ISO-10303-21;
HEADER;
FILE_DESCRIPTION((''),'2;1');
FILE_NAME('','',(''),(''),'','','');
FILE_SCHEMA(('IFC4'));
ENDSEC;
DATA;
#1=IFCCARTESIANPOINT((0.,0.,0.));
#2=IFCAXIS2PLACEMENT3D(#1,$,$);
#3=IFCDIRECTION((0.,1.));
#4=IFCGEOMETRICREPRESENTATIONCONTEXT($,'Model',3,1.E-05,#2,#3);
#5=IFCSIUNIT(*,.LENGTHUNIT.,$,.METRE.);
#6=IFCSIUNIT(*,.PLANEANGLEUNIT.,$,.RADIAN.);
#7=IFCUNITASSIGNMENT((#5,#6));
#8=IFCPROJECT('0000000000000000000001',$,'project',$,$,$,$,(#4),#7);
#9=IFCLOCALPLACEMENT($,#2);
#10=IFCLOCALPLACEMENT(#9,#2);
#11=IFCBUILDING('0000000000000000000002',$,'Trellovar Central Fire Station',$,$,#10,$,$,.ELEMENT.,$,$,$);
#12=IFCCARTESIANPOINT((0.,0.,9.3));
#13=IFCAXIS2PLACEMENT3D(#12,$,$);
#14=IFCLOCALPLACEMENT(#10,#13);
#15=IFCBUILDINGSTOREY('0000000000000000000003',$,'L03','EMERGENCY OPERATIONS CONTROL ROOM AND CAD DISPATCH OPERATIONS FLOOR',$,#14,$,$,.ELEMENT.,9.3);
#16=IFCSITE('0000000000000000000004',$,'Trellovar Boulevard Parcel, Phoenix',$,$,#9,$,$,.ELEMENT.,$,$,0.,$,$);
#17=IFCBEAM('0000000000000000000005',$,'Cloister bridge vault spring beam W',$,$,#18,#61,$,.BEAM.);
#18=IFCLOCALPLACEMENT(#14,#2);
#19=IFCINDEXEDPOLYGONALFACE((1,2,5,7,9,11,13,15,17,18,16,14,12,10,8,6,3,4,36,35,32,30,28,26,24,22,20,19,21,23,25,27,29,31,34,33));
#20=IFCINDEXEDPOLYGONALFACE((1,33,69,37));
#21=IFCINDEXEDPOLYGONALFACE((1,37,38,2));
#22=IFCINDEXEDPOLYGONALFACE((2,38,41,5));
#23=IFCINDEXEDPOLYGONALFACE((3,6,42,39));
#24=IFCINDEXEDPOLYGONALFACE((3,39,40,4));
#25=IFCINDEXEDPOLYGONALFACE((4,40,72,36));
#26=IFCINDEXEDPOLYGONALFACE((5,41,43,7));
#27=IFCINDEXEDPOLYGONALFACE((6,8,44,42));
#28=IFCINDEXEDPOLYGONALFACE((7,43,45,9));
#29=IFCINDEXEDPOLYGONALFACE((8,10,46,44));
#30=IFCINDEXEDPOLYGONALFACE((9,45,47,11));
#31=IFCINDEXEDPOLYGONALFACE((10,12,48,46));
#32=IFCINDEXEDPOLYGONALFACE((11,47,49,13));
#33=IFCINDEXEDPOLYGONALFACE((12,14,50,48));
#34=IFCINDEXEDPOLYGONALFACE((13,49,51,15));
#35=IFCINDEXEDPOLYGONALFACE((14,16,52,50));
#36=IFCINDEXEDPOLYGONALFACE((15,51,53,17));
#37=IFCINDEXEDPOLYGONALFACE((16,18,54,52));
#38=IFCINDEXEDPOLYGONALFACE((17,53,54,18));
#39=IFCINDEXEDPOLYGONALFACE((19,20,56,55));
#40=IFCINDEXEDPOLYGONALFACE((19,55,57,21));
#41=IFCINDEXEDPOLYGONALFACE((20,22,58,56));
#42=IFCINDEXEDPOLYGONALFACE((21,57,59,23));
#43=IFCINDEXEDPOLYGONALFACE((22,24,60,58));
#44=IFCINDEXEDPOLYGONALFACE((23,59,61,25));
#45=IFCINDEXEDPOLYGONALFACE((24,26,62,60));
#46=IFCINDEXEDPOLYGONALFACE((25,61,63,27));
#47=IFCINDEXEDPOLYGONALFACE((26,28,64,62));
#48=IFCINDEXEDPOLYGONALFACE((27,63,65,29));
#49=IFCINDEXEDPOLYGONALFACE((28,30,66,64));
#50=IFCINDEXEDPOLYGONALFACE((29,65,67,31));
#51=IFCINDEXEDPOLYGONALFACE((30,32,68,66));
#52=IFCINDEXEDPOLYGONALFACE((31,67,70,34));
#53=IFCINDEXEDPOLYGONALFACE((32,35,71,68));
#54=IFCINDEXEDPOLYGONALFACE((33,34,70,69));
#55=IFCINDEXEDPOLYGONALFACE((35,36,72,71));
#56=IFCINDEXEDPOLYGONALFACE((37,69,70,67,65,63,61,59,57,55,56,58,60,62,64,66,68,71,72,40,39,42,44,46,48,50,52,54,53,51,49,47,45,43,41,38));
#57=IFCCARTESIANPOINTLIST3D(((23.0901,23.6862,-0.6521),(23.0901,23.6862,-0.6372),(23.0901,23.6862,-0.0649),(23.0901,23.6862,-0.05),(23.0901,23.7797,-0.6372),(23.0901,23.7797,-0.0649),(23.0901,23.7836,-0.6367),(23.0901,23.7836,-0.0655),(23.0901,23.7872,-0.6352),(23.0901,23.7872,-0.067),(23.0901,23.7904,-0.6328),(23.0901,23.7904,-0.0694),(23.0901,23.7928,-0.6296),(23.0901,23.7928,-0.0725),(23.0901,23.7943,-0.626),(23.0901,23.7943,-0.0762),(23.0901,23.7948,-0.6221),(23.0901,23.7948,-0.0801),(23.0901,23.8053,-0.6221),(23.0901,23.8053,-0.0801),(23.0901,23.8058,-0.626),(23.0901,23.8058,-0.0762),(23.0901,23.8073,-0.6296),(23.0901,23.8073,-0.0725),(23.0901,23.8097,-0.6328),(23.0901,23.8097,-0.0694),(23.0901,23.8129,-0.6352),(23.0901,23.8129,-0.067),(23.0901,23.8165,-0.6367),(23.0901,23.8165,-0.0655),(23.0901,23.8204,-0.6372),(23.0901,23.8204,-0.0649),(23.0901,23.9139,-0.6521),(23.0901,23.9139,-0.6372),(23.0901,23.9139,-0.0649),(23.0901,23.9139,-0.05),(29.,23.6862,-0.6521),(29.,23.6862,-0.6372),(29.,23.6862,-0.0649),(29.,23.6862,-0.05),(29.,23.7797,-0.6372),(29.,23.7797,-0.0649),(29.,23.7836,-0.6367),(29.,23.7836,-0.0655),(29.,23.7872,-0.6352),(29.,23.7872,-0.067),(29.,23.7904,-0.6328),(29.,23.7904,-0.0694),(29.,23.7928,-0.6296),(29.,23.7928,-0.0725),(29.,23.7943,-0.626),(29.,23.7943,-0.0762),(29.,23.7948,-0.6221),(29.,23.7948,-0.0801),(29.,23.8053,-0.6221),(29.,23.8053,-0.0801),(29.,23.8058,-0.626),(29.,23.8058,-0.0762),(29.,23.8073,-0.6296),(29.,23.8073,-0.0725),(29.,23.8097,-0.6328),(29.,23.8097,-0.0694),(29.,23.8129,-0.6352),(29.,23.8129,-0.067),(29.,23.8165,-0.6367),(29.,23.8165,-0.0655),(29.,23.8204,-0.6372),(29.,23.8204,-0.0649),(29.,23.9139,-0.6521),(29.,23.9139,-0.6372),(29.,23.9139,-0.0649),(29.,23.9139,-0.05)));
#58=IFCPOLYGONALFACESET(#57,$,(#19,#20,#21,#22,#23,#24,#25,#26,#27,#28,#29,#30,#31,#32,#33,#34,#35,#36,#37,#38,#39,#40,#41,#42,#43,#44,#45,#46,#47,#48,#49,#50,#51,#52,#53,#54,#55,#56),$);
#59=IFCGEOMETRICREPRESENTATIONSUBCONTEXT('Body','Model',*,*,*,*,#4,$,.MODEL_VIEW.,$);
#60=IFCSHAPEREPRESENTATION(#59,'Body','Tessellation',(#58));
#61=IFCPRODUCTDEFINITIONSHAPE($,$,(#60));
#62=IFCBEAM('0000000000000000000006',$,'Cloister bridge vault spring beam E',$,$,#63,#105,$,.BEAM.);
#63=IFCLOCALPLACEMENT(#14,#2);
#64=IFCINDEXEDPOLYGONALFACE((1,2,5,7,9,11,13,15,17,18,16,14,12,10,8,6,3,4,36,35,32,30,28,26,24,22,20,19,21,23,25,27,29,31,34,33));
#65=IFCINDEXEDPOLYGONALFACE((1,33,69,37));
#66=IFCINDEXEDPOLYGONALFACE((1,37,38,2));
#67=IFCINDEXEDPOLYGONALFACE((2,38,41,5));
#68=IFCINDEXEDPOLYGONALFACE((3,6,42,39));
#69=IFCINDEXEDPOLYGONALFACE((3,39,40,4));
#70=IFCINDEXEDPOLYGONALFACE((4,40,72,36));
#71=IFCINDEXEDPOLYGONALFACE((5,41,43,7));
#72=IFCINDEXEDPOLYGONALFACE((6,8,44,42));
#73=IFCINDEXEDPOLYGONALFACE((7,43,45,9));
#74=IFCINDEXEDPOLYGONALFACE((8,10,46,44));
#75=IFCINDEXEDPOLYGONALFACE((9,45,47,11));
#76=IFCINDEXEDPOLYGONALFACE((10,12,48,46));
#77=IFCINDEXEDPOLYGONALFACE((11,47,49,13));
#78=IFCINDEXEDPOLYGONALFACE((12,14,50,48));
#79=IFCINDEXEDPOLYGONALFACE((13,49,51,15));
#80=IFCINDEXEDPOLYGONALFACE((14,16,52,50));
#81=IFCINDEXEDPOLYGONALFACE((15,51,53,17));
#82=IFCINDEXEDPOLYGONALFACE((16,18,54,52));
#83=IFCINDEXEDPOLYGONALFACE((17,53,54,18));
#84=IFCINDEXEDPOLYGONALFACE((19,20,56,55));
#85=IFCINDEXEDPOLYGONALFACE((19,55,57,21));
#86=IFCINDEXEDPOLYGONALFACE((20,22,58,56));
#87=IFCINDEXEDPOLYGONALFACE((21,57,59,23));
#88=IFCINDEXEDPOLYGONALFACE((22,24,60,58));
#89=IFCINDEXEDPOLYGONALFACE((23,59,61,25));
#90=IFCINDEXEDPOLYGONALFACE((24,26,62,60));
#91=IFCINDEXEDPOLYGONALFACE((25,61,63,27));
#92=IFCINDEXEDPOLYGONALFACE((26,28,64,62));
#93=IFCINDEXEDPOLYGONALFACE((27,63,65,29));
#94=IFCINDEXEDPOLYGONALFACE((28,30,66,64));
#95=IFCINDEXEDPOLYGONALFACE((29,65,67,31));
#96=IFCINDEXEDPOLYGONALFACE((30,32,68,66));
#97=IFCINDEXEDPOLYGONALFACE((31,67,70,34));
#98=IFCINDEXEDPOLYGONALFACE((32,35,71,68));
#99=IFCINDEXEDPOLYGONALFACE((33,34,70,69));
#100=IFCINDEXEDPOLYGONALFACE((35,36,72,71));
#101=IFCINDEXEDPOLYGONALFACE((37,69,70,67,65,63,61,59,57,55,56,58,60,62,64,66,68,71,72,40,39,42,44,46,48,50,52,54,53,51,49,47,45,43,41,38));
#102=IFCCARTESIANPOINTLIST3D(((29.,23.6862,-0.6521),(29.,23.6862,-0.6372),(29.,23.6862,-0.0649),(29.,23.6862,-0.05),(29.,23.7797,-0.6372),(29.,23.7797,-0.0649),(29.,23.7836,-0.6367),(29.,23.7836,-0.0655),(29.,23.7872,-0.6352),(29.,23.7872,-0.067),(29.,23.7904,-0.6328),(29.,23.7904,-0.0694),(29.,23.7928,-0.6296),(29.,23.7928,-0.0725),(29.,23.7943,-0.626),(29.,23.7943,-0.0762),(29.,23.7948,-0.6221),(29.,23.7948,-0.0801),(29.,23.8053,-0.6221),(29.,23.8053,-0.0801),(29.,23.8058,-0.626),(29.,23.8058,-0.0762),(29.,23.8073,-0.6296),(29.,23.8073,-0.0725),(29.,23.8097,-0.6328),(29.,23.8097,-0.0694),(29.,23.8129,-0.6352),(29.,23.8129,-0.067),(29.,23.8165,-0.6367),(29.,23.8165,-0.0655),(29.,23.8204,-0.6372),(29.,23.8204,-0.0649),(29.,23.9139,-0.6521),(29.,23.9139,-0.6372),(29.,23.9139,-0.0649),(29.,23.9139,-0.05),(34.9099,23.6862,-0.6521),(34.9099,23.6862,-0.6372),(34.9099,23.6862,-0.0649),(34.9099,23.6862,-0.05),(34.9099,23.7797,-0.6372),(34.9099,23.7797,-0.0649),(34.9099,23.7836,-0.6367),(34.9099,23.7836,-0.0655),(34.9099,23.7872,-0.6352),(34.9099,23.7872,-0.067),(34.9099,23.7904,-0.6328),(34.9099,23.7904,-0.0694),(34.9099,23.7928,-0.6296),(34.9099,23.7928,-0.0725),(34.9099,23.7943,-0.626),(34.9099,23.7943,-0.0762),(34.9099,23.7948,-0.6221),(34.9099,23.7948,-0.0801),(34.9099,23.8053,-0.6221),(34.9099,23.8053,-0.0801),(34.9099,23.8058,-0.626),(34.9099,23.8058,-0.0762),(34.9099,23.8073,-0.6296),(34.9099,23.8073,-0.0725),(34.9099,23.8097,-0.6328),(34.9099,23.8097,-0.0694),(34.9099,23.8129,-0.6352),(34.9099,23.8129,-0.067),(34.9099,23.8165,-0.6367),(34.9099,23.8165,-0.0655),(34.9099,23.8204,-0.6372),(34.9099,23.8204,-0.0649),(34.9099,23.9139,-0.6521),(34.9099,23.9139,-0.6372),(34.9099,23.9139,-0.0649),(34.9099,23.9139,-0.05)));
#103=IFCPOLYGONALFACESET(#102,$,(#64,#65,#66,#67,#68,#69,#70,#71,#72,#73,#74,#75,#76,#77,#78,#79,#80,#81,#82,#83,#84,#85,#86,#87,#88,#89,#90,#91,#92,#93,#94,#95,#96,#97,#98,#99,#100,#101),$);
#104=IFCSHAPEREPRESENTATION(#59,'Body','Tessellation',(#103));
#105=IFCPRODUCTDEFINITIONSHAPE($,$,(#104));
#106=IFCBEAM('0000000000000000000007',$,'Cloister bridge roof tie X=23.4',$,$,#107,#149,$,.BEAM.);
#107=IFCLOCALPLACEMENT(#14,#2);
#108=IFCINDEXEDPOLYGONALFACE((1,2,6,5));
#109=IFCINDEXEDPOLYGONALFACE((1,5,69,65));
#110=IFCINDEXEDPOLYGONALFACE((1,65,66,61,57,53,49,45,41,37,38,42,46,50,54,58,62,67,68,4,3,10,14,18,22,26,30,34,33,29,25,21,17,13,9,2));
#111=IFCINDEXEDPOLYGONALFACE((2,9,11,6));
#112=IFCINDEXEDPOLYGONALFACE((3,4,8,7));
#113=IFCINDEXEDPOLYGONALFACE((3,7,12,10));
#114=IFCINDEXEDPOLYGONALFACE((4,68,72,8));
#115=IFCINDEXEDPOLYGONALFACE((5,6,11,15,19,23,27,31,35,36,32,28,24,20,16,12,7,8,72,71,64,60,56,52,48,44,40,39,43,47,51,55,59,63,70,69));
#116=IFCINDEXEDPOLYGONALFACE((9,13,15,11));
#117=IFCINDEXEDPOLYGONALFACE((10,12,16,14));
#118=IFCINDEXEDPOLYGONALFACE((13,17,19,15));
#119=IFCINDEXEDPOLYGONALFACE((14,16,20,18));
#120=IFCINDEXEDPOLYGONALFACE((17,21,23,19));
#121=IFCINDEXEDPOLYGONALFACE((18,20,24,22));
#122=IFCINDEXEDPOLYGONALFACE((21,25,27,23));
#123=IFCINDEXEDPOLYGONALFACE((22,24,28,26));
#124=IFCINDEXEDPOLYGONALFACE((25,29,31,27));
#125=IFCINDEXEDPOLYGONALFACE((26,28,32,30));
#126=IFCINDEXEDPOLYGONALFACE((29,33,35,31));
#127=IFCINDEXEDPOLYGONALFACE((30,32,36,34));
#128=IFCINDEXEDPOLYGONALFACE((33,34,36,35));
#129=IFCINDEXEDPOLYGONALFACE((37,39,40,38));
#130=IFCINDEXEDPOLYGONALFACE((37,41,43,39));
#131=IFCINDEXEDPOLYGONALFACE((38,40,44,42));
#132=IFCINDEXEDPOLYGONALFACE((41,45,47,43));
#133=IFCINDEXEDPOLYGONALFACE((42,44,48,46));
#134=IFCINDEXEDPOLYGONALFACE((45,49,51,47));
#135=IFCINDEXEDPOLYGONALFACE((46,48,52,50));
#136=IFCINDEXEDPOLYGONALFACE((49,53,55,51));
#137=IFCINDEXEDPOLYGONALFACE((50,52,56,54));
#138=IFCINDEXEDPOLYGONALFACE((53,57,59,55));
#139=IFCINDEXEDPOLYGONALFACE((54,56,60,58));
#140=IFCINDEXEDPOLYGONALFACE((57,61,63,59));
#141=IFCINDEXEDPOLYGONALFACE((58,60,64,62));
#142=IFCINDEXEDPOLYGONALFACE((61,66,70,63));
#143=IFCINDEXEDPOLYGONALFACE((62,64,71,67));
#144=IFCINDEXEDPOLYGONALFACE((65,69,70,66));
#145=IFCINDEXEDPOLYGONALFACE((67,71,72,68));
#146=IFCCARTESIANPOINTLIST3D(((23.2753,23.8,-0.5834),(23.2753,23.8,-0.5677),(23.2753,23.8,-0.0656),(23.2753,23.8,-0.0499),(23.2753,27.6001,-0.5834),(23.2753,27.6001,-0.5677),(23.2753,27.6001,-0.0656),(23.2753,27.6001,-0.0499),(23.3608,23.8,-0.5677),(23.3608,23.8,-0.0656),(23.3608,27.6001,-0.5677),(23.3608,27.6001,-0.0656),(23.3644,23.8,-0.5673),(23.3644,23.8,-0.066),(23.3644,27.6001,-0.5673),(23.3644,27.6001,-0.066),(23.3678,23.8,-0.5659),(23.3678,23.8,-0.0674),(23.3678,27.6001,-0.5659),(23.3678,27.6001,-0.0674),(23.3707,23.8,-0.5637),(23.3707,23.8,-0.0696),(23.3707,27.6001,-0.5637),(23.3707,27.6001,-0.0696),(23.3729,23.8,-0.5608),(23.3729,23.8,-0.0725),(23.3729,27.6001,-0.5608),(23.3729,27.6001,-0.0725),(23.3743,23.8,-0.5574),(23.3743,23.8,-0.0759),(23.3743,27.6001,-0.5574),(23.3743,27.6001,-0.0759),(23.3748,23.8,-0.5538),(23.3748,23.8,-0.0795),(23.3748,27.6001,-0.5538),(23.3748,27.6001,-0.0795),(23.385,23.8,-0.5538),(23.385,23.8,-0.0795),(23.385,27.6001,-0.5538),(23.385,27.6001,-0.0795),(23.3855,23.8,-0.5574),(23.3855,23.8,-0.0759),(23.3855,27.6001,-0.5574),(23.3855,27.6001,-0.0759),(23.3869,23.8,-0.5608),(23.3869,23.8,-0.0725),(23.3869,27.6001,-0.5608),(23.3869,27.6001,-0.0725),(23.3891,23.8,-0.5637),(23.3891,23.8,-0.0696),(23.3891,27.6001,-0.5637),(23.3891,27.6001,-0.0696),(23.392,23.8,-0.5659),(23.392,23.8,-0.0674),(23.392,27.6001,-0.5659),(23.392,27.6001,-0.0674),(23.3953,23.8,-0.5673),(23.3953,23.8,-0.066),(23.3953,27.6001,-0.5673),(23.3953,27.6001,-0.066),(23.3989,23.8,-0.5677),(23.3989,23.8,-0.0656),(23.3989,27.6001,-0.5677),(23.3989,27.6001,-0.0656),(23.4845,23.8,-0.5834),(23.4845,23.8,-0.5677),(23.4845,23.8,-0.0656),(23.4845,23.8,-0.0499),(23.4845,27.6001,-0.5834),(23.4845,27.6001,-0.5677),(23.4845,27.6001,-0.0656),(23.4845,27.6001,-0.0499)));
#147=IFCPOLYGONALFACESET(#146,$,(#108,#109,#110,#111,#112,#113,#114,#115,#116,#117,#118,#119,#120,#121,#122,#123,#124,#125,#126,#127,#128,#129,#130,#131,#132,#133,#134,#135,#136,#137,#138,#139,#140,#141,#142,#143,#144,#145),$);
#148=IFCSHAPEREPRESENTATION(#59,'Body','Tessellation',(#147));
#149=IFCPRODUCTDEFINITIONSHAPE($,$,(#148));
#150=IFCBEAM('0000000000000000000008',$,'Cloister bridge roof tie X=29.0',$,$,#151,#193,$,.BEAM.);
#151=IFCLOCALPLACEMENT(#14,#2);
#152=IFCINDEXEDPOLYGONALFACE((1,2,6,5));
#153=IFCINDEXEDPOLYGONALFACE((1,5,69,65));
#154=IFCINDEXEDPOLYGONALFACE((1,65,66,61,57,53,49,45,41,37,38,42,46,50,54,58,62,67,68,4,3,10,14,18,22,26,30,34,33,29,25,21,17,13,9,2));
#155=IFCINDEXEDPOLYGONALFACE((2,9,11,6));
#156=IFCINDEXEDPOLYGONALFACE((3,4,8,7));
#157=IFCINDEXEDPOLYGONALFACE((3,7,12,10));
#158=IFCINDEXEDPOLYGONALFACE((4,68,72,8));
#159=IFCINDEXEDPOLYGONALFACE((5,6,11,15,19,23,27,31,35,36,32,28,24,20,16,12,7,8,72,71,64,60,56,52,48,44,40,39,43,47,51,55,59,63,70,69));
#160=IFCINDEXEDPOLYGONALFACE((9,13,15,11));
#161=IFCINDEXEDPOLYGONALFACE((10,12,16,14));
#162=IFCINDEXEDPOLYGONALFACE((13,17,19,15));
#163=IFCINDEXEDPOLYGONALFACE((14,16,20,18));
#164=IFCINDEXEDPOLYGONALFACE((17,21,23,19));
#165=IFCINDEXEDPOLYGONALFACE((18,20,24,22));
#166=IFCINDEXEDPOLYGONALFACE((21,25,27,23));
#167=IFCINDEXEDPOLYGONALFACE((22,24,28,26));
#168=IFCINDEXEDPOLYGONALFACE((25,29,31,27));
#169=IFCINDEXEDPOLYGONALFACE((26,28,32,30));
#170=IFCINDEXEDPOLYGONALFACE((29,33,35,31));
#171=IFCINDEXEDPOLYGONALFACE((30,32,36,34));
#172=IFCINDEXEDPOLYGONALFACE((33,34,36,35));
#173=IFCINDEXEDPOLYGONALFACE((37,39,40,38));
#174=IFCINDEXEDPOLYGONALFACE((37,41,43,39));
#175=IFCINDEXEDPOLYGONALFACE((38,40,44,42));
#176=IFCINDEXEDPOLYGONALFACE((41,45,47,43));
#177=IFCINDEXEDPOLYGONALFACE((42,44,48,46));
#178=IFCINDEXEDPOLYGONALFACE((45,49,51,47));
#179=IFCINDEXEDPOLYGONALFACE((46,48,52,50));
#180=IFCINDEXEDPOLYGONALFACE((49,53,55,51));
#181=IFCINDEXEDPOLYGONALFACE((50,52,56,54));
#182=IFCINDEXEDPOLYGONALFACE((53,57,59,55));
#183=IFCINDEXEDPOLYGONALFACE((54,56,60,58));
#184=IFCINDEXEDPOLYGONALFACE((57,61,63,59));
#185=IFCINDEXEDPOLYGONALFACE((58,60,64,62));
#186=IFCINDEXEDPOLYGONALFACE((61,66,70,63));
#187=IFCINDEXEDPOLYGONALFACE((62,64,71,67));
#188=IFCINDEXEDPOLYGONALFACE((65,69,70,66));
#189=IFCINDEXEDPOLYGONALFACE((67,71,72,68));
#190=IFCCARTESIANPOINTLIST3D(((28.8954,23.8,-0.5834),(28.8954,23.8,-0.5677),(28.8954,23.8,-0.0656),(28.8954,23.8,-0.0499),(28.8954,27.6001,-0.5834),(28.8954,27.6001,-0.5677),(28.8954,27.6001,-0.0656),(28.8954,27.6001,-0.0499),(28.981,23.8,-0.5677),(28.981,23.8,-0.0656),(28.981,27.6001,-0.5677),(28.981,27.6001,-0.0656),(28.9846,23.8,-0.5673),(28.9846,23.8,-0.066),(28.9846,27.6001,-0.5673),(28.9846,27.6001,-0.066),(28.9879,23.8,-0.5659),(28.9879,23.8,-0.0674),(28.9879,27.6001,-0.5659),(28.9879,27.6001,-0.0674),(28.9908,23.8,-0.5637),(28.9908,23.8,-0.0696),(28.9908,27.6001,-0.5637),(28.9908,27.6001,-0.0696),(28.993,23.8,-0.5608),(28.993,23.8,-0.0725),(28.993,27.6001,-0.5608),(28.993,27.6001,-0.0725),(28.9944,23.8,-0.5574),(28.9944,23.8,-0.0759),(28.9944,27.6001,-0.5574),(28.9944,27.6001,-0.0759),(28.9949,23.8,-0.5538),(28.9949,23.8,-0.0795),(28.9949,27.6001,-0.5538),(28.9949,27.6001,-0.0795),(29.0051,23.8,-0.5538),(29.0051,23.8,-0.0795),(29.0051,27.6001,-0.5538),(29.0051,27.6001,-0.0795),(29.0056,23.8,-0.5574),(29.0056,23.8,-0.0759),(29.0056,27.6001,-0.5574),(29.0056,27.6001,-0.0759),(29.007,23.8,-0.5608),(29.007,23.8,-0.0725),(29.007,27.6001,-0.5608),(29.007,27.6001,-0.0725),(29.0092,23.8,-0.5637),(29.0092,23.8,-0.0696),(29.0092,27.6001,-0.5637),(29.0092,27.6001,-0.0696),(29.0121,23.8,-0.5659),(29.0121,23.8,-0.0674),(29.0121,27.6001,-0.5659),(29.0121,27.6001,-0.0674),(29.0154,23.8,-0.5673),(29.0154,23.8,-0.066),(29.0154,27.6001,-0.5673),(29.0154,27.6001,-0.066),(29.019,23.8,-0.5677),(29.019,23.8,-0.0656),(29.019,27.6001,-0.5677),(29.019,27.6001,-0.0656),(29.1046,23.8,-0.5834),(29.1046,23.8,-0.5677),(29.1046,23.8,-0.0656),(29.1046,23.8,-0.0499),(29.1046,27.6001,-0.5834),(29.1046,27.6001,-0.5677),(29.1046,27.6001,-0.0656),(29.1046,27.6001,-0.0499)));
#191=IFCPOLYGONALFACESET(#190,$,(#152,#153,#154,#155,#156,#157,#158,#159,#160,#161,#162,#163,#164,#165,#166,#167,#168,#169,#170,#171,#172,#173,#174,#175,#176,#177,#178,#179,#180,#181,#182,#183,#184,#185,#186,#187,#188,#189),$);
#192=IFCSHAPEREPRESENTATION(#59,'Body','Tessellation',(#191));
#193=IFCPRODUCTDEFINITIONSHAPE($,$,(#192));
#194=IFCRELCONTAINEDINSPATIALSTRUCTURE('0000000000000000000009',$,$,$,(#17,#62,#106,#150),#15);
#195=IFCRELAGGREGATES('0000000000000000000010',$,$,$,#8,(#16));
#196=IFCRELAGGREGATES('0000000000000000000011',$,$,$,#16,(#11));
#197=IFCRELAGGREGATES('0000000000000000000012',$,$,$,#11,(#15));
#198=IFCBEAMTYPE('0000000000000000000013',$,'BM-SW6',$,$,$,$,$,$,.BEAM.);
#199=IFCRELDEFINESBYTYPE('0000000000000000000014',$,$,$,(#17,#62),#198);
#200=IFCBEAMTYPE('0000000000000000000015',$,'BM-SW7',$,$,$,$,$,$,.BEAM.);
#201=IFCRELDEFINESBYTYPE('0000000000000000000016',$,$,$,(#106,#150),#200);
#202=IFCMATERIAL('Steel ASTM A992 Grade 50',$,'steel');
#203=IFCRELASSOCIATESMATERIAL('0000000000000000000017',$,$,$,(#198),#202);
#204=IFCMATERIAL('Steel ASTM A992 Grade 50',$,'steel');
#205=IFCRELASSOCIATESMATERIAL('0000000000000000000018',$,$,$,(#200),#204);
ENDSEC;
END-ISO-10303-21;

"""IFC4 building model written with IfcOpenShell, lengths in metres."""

from ifc_helpers import new_model, si_unit, direction, frame, origin, origin_2d, place, context, subcontext, project, spatial, i_section, extrude, material, material_profile, profile_set, type_object, element, save


model = new_model("IFC4")

# Units and contexts
model_context = context("Model", 3, precision=1e-05, world=origin(), true_north=direction((0.0, 1.0)))
body_context = subcontext(model_context, "Body", "Model", "MODEL_VIEW")
ifc_project = project(units=[si_unit("LENGTHUNIT", "METRE"), si_unit("PLANEANGLEUNIT", "RADIAN")], contexts=[model_context])

# Site, building, storey
site_placement = place(None, origin())
site = spatial("IfcSite", under=ifc_project, at=site_placement, Name="Trellovar Boulevard Parcel, Phoenix", CompositionType="ELEMENT", RefElevation=0.0)
building_placement = place(site_placement, origin())
building = spatial("IfcBuilding", under=site, at=building_placement, Name="Trellovar Central Fire Station", CompositionType="ELEMENT")
storey_placement = place(building_placement, frame((0.0, 0.0, 9.3)))
storey = spatial("IfcBuildingStorey", under=building, at=storey_placement, Name="L03", Description="EMERGENCY OPERATIONS CONTROL ROOM AND CAD DISPATCH OPERATIONS FLOOR", CompositionType="ELEMENT", Elevation=9.3)

# Beams
ifc_material_1 = material(Name="Steel ASTM A992 Grade 50", Category="steel")
ifc_material_profile_1 = material_profile(ifc_material_1, i_section(OverallWidth=0.2278, OverallDepth=0.6021, WebThickness=0.0105, FlangeThickness=0.0149, FilletRadius=0.0151, at=origin_2d()), Name="W24X68")
ifc_profile_set_1 = profile_set([ifc_material_profile_1], Name="Steel ASTM A992 Grade 50")
beam_type_1 = type_object("IfcBeamType", Name="BM-SW6", PredefinedType="BEAM", material=ifc_profile_set_1)
for number, where, z_axis, x_axis, name in (
    (1, (23.0901, 23.8, -0.3511), (1.0, 0.0, 0.0), (0.0, 1.0, 0.0), "Cloister bridge vault spring beam W"),
    (2, (29.0, 23.8, -0.3511), (1.0, 0.0, 0.0), (0.0, 1.0, 0.0), "Cloister bridge vault spring beam E"),
):
    element("IfcBeam", number, at=place(storey_placement, frame(where, z_axis=z_axis, x_axis=x_axis)), inside=storey, type_object=beam_type_1, Name=name, PredefinedType="BEAM", context=body_context, shape_type="SweptSolid", body=[
        extrude(i_section(OverallWidth=0.2278, OverallDepth=0.6021, WebThickness=0.0105, FlangeThickness=0.0149, FilletRadius=0.0151, at=origin_2d()), origin(), (0.0, 0.0, 1.0), 5.9099),
    ])
ifc_material_2 = material(Name="Steel ASTM A992 Grade 50", Category="steel")
ifc_material_profile_2 = material_profile(ifc_material_2, i_section(OverallWidth=0.2092, OverallDepth=0.5334, WebThickness=0.0103, FlangeThickness=0.0156, FilletRadius=0.0139, at=origin_2d()), Name="W21X62")
ifc_profile_set_2 = profile_set([ifc_material_profile_2], Name="Steel ASTM A992 Grade 50")
beam_type_2 = type_object("IfcBeamType", Name="BM-SW7", PredefinedType="BEAM", material=ifc_profile_set_2)
for number, where, z_axis, x_axis, name in (
    (3, (23.3799, 23.8, -0.3167), (0.0, 1.0, 0.0), (-1.0, 0.0, 0.0), "Cloister bridge roof tie X=23.4"),
    (4, (29.0, 23.8, -0.3167), (0.0, 1.0, 0.0), (-1.0, 0.0, 0.0), "Cloister bridge roof tie X=29.0"),
):
    element("IfcBeam", number, at=place(storey_placement, frame(where, z_axis=z_axis, x_axis=x_axis)), inside=storey, type_object=beam_type_2, Name=name, PredefinedType="BEAM", context=body_context, shape_type="SweptSolid", body=[
        extrude(i_section(OverallWidth=0.2092, OverallDepth=0.5334, WebThickness=0.0103, FlangeThickness=0.0156, FilletRadius=0.0139, at=origin_2d()), origin(), (0.0, 0.0, 1.0), 3.8),
    ])

save(model, "model.ifc")
